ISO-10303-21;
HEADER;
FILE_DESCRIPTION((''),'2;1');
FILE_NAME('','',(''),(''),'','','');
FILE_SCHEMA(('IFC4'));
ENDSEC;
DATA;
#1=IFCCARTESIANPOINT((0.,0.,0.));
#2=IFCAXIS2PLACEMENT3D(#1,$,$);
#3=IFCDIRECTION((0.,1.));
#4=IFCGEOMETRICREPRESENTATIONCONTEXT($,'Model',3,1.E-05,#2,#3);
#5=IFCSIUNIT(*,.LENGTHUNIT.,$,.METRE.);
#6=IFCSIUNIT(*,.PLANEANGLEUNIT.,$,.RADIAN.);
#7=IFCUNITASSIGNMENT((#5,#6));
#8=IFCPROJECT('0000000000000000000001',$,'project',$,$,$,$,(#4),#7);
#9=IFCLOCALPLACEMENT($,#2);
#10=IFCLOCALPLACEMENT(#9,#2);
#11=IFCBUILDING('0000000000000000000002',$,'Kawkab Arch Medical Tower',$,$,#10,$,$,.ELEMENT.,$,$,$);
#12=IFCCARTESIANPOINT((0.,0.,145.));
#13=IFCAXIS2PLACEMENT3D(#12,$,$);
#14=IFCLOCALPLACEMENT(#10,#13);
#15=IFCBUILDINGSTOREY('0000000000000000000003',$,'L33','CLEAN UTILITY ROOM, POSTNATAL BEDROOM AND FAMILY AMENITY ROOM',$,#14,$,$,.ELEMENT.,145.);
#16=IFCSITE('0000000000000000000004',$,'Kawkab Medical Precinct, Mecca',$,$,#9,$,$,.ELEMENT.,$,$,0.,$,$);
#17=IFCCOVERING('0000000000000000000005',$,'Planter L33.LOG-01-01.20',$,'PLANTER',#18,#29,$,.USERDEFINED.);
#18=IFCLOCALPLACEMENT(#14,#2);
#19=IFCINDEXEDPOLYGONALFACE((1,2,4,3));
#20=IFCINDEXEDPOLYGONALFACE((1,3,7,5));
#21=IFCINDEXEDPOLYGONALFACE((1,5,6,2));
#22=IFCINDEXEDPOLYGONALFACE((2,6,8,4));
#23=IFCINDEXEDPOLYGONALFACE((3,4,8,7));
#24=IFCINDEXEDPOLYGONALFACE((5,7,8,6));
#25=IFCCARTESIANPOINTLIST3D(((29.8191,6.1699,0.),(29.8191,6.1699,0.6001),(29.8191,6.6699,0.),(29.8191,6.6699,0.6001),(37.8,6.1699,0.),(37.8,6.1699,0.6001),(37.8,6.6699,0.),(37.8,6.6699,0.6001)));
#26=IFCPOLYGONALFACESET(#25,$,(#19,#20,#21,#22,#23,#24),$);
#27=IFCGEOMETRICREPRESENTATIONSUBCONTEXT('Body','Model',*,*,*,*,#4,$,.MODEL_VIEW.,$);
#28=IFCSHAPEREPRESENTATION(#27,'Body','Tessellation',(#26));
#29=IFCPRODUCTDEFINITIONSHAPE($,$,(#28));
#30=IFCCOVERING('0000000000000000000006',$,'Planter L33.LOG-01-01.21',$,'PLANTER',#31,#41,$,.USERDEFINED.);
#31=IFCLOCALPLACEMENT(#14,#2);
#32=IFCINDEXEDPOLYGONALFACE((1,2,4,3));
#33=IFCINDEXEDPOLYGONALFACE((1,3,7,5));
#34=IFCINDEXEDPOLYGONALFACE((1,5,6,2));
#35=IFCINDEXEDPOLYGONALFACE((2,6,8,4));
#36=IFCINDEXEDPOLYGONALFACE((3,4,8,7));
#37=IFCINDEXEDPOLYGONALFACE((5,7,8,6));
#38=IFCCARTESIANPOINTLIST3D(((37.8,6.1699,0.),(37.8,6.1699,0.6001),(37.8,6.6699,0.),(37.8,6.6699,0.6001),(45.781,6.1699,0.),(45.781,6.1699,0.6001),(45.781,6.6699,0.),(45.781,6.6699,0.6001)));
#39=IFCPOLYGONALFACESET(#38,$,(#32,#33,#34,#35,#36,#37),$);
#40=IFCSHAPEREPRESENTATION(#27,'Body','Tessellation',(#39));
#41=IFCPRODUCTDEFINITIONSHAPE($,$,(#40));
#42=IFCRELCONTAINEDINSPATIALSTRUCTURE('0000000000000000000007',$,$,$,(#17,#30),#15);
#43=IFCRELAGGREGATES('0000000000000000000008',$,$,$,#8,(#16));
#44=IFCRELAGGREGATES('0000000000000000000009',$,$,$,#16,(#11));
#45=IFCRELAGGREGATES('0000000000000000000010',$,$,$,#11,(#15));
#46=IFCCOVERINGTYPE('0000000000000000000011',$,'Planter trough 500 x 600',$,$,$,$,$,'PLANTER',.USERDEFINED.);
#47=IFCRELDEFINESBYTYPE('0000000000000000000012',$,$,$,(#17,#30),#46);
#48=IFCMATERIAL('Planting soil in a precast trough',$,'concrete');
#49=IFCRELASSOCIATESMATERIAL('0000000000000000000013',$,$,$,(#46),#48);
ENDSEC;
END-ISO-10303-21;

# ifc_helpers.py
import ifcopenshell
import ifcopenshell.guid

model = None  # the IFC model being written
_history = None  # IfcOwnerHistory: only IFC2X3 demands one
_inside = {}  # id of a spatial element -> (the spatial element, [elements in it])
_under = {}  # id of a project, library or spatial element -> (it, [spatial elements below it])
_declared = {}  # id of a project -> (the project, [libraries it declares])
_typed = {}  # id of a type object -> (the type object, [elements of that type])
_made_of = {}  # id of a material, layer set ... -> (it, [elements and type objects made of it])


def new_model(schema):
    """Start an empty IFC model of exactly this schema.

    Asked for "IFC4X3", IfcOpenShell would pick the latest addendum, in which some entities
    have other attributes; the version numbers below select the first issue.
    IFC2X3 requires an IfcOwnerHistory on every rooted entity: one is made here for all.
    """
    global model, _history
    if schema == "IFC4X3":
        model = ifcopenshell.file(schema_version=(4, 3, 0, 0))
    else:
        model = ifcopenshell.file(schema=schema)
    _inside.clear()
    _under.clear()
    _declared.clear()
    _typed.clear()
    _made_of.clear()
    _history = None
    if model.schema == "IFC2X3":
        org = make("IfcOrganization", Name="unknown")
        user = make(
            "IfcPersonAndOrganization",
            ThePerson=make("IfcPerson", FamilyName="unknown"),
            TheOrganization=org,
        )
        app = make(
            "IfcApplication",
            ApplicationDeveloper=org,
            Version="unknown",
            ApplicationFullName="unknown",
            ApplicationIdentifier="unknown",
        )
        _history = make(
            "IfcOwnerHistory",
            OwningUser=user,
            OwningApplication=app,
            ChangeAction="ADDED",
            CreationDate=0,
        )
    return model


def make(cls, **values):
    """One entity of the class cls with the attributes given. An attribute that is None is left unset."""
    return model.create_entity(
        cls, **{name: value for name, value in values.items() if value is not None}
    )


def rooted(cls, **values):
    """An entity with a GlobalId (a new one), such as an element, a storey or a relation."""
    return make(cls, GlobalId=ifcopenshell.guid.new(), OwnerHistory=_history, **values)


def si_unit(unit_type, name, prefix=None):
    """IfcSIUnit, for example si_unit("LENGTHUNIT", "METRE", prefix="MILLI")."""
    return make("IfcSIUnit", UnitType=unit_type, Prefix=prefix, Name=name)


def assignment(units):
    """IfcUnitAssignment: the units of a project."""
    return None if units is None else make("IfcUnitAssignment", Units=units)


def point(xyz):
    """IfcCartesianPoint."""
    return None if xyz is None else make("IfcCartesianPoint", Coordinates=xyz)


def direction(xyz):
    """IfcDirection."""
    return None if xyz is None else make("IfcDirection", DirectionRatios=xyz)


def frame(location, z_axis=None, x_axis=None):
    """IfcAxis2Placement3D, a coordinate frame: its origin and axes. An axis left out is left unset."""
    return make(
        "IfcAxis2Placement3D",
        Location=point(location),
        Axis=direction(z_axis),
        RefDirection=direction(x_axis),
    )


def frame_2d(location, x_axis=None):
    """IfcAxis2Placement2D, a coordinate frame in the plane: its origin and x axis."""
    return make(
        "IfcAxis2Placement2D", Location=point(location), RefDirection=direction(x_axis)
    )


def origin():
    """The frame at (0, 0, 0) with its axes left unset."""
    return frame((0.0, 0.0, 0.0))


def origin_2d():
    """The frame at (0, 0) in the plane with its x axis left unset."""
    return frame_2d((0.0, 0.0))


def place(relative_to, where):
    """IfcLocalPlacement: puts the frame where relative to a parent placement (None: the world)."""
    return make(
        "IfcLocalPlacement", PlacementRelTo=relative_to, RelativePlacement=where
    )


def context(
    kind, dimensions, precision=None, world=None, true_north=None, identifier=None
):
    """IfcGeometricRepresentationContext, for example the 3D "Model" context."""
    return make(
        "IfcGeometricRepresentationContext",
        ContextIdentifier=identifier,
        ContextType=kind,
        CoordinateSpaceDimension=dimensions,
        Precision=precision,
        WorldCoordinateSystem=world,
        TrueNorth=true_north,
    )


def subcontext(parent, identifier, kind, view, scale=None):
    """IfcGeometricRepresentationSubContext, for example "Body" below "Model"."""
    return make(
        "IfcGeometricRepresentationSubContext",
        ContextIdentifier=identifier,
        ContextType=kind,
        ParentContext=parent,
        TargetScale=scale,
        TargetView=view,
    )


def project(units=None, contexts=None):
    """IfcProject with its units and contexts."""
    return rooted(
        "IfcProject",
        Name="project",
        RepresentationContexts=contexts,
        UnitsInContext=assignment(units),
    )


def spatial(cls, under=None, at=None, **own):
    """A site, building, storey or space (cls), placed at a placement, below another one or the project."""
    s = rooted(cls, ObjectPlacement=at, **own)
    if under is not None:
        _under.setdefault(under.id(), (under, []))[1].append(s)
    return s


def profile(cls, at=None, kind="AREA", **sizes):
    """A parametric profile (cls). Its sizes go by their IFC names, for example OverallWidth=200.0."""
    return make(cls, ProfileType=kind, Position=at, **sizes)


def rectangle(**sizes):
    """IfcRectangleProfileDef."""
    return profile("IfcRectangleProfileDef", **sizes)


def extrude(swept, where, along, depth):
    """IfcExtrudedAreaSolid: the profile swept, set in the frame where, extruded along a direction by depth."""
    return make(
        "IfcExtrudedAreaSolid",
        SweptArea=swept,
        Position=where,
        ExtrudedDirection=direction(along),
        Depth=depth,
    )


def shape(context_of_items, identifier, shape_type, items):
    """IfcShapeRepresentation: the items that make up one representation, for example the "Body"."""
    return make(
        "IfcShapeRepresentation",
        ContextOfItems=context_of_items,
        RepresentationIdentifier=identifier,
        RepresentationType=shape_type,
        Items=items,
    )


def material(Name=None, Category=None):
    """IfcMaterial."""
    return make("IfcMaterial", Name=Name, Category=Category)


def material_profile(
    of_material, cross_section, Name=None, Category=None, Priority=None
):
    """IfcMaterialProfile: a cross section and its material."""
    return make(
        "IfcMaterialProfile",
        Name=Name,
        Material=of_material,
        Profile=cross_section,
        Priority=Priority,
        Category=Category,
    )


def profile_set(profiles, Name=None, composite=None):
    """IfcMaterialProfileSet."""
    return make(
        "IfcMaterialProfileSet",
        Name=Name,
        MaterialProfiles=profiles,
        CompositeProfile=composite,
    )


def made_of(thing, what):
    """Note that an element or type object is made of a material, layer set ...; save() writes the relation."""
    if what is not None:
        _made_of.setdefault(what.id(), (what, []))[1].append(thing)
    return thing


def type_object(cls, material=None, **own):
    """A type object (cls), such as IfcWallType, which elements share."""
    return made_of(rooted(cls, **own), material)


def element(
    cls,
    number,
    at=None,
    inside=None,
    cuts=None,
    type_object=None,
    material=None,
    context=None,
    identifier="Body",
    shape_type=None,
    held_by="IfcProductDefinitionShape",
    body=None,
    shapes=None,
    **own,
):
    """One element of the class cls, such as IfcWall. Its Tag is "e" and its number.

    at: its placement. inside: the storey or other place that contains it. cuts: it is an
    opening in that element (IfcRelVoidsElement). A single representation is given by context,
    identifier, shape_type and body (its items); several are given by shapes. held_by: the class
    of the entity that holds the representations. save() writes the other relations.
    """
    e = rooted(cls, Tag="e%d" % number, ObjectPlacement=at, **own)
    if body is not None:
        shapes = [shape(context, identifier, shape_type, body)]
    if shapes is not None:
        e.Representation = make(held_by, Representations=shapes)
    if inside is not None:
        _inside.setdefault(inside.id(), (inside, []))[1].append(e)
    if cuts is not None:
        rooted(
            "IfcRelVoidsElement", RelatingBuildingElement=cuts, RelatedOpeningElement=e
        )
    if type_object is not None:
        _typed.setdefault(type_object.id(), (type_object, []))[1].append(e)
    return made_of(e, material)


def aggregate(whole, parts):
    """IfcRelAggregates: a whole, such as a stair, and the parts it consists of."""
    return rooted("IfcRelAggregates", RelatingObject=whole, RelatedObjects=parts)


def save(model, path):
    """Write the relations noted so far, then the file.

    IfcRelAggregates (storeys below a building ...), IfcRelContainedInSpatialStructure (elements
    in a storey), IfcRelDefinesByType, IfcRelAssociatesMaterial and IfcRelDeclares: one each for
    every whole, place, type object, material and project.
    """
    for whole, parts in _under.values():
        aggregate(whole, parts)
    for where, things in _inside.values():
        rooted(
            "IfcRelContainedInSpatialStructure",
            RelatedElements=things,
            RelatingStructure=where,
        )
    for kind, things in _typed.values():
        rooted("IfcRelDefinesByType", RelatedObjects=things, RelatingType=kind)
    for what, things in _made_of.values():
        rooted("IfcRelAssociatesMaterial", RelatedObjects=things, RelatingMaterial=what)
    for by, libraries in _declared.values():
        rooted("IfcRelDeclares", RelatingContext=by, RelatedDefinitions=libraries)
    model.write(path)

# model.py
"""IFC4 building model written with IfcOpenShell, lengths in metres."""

from ifc_helpers import new_model, si_unit, direction, frame, origin, origin_2d, place, context, subcontext, project, spatial, rectangle, extrude, material, material_profile, profile_set, type_object, element, save


model = new_model("IFC4")

# Units and contexts
model_context = context("Model", 3, precision=1e-05, world=origin(), true_north=direction((0.0, 1.0)))
body_context = subcontext(model_context, "Body", "Model", "MODEL_VIEW")
ifc_project = project(units=[si_unit("LENGTHUNIT", "METRE"), si_unit("PLANEANGLEUNIT", "RADIAN")], contexts=[model_context])

# Site, building, storey
site_placement = place(None, origin())
site = spatial("IfcSite", under=ifc_project, at=site_placement, Name="Kawkab Medical Precinct, Mecca", CompositionType="ELEMENT", RefElevation=0.0)
building_placement = place(site_placement, origin())
building = spatial("IfcBuilding", under=site, at=building_placement, Name="Kawkab Arch Medical Tower", CompositionType="ELEMENT")
storey_placement = place(building_placement, frame((0.0, 0.0, 145.0)))
storey = spatial("IfcBuildingStorey", under=building, at=storey_placement, Name="L33", Description="CLEAN UTILITY ROOM, POSTNATAL BEDROOM AND FAMILY AMENITY ROOM", CompositionType="ELEMENT", Elevation=145.0)

# Coverings
ifc_material_1 = material(Name="Planting soil in a precast trough", Category="concrete")
ifc_material_profile_1 = material_profile(ifc_material_1, rectangle(XDim=0.5, YDim=0.6001, at=origin_2d()), Name="Trough 500x600")
ifc_profile_set_1 = profile_set([ifc_material_profile_1], Name="Planting soil in a precast trough")
covering_type_1 = type_object("IfcCoveringType", Name="Planter trough 500 x 600", ElementType="PLANTER", PredefinedType="USERDEFINED", material=ifc_profile_set_1)
for number, where, z_axis, x_axis, name in (
    (1, (29.8191, 6.4199, 0.3), (1.0, 0.0, 0.0), (0.0, 1.0, 0.0), "Planter L33.LOG-01-01.20"),
    (2, (37.8, 6.4199, 0.3), (1.0, 0.0, 0.0), (0.0, 1.0, 0.0), "Planter L33.LOG-01-01.21"),
):
    element("IfcCovering", number, at=place(storey_placement, frame(where, z_axis=z_axis, x_axis=x_axis)), inside=storey, type_object=covering_type_1, Name=name, ObjectType="PLANTER", PredefinedType="USERDEFINED", context=body_context, shape_type="SweptSolid", body=[
        extrude(rectangle(XDim=0.5, YDim=0.6001, at=origin_2d()), origin(), (0.0, 0.0, 1.0), 7.981),
    ])

save(model, "model.ifc")
